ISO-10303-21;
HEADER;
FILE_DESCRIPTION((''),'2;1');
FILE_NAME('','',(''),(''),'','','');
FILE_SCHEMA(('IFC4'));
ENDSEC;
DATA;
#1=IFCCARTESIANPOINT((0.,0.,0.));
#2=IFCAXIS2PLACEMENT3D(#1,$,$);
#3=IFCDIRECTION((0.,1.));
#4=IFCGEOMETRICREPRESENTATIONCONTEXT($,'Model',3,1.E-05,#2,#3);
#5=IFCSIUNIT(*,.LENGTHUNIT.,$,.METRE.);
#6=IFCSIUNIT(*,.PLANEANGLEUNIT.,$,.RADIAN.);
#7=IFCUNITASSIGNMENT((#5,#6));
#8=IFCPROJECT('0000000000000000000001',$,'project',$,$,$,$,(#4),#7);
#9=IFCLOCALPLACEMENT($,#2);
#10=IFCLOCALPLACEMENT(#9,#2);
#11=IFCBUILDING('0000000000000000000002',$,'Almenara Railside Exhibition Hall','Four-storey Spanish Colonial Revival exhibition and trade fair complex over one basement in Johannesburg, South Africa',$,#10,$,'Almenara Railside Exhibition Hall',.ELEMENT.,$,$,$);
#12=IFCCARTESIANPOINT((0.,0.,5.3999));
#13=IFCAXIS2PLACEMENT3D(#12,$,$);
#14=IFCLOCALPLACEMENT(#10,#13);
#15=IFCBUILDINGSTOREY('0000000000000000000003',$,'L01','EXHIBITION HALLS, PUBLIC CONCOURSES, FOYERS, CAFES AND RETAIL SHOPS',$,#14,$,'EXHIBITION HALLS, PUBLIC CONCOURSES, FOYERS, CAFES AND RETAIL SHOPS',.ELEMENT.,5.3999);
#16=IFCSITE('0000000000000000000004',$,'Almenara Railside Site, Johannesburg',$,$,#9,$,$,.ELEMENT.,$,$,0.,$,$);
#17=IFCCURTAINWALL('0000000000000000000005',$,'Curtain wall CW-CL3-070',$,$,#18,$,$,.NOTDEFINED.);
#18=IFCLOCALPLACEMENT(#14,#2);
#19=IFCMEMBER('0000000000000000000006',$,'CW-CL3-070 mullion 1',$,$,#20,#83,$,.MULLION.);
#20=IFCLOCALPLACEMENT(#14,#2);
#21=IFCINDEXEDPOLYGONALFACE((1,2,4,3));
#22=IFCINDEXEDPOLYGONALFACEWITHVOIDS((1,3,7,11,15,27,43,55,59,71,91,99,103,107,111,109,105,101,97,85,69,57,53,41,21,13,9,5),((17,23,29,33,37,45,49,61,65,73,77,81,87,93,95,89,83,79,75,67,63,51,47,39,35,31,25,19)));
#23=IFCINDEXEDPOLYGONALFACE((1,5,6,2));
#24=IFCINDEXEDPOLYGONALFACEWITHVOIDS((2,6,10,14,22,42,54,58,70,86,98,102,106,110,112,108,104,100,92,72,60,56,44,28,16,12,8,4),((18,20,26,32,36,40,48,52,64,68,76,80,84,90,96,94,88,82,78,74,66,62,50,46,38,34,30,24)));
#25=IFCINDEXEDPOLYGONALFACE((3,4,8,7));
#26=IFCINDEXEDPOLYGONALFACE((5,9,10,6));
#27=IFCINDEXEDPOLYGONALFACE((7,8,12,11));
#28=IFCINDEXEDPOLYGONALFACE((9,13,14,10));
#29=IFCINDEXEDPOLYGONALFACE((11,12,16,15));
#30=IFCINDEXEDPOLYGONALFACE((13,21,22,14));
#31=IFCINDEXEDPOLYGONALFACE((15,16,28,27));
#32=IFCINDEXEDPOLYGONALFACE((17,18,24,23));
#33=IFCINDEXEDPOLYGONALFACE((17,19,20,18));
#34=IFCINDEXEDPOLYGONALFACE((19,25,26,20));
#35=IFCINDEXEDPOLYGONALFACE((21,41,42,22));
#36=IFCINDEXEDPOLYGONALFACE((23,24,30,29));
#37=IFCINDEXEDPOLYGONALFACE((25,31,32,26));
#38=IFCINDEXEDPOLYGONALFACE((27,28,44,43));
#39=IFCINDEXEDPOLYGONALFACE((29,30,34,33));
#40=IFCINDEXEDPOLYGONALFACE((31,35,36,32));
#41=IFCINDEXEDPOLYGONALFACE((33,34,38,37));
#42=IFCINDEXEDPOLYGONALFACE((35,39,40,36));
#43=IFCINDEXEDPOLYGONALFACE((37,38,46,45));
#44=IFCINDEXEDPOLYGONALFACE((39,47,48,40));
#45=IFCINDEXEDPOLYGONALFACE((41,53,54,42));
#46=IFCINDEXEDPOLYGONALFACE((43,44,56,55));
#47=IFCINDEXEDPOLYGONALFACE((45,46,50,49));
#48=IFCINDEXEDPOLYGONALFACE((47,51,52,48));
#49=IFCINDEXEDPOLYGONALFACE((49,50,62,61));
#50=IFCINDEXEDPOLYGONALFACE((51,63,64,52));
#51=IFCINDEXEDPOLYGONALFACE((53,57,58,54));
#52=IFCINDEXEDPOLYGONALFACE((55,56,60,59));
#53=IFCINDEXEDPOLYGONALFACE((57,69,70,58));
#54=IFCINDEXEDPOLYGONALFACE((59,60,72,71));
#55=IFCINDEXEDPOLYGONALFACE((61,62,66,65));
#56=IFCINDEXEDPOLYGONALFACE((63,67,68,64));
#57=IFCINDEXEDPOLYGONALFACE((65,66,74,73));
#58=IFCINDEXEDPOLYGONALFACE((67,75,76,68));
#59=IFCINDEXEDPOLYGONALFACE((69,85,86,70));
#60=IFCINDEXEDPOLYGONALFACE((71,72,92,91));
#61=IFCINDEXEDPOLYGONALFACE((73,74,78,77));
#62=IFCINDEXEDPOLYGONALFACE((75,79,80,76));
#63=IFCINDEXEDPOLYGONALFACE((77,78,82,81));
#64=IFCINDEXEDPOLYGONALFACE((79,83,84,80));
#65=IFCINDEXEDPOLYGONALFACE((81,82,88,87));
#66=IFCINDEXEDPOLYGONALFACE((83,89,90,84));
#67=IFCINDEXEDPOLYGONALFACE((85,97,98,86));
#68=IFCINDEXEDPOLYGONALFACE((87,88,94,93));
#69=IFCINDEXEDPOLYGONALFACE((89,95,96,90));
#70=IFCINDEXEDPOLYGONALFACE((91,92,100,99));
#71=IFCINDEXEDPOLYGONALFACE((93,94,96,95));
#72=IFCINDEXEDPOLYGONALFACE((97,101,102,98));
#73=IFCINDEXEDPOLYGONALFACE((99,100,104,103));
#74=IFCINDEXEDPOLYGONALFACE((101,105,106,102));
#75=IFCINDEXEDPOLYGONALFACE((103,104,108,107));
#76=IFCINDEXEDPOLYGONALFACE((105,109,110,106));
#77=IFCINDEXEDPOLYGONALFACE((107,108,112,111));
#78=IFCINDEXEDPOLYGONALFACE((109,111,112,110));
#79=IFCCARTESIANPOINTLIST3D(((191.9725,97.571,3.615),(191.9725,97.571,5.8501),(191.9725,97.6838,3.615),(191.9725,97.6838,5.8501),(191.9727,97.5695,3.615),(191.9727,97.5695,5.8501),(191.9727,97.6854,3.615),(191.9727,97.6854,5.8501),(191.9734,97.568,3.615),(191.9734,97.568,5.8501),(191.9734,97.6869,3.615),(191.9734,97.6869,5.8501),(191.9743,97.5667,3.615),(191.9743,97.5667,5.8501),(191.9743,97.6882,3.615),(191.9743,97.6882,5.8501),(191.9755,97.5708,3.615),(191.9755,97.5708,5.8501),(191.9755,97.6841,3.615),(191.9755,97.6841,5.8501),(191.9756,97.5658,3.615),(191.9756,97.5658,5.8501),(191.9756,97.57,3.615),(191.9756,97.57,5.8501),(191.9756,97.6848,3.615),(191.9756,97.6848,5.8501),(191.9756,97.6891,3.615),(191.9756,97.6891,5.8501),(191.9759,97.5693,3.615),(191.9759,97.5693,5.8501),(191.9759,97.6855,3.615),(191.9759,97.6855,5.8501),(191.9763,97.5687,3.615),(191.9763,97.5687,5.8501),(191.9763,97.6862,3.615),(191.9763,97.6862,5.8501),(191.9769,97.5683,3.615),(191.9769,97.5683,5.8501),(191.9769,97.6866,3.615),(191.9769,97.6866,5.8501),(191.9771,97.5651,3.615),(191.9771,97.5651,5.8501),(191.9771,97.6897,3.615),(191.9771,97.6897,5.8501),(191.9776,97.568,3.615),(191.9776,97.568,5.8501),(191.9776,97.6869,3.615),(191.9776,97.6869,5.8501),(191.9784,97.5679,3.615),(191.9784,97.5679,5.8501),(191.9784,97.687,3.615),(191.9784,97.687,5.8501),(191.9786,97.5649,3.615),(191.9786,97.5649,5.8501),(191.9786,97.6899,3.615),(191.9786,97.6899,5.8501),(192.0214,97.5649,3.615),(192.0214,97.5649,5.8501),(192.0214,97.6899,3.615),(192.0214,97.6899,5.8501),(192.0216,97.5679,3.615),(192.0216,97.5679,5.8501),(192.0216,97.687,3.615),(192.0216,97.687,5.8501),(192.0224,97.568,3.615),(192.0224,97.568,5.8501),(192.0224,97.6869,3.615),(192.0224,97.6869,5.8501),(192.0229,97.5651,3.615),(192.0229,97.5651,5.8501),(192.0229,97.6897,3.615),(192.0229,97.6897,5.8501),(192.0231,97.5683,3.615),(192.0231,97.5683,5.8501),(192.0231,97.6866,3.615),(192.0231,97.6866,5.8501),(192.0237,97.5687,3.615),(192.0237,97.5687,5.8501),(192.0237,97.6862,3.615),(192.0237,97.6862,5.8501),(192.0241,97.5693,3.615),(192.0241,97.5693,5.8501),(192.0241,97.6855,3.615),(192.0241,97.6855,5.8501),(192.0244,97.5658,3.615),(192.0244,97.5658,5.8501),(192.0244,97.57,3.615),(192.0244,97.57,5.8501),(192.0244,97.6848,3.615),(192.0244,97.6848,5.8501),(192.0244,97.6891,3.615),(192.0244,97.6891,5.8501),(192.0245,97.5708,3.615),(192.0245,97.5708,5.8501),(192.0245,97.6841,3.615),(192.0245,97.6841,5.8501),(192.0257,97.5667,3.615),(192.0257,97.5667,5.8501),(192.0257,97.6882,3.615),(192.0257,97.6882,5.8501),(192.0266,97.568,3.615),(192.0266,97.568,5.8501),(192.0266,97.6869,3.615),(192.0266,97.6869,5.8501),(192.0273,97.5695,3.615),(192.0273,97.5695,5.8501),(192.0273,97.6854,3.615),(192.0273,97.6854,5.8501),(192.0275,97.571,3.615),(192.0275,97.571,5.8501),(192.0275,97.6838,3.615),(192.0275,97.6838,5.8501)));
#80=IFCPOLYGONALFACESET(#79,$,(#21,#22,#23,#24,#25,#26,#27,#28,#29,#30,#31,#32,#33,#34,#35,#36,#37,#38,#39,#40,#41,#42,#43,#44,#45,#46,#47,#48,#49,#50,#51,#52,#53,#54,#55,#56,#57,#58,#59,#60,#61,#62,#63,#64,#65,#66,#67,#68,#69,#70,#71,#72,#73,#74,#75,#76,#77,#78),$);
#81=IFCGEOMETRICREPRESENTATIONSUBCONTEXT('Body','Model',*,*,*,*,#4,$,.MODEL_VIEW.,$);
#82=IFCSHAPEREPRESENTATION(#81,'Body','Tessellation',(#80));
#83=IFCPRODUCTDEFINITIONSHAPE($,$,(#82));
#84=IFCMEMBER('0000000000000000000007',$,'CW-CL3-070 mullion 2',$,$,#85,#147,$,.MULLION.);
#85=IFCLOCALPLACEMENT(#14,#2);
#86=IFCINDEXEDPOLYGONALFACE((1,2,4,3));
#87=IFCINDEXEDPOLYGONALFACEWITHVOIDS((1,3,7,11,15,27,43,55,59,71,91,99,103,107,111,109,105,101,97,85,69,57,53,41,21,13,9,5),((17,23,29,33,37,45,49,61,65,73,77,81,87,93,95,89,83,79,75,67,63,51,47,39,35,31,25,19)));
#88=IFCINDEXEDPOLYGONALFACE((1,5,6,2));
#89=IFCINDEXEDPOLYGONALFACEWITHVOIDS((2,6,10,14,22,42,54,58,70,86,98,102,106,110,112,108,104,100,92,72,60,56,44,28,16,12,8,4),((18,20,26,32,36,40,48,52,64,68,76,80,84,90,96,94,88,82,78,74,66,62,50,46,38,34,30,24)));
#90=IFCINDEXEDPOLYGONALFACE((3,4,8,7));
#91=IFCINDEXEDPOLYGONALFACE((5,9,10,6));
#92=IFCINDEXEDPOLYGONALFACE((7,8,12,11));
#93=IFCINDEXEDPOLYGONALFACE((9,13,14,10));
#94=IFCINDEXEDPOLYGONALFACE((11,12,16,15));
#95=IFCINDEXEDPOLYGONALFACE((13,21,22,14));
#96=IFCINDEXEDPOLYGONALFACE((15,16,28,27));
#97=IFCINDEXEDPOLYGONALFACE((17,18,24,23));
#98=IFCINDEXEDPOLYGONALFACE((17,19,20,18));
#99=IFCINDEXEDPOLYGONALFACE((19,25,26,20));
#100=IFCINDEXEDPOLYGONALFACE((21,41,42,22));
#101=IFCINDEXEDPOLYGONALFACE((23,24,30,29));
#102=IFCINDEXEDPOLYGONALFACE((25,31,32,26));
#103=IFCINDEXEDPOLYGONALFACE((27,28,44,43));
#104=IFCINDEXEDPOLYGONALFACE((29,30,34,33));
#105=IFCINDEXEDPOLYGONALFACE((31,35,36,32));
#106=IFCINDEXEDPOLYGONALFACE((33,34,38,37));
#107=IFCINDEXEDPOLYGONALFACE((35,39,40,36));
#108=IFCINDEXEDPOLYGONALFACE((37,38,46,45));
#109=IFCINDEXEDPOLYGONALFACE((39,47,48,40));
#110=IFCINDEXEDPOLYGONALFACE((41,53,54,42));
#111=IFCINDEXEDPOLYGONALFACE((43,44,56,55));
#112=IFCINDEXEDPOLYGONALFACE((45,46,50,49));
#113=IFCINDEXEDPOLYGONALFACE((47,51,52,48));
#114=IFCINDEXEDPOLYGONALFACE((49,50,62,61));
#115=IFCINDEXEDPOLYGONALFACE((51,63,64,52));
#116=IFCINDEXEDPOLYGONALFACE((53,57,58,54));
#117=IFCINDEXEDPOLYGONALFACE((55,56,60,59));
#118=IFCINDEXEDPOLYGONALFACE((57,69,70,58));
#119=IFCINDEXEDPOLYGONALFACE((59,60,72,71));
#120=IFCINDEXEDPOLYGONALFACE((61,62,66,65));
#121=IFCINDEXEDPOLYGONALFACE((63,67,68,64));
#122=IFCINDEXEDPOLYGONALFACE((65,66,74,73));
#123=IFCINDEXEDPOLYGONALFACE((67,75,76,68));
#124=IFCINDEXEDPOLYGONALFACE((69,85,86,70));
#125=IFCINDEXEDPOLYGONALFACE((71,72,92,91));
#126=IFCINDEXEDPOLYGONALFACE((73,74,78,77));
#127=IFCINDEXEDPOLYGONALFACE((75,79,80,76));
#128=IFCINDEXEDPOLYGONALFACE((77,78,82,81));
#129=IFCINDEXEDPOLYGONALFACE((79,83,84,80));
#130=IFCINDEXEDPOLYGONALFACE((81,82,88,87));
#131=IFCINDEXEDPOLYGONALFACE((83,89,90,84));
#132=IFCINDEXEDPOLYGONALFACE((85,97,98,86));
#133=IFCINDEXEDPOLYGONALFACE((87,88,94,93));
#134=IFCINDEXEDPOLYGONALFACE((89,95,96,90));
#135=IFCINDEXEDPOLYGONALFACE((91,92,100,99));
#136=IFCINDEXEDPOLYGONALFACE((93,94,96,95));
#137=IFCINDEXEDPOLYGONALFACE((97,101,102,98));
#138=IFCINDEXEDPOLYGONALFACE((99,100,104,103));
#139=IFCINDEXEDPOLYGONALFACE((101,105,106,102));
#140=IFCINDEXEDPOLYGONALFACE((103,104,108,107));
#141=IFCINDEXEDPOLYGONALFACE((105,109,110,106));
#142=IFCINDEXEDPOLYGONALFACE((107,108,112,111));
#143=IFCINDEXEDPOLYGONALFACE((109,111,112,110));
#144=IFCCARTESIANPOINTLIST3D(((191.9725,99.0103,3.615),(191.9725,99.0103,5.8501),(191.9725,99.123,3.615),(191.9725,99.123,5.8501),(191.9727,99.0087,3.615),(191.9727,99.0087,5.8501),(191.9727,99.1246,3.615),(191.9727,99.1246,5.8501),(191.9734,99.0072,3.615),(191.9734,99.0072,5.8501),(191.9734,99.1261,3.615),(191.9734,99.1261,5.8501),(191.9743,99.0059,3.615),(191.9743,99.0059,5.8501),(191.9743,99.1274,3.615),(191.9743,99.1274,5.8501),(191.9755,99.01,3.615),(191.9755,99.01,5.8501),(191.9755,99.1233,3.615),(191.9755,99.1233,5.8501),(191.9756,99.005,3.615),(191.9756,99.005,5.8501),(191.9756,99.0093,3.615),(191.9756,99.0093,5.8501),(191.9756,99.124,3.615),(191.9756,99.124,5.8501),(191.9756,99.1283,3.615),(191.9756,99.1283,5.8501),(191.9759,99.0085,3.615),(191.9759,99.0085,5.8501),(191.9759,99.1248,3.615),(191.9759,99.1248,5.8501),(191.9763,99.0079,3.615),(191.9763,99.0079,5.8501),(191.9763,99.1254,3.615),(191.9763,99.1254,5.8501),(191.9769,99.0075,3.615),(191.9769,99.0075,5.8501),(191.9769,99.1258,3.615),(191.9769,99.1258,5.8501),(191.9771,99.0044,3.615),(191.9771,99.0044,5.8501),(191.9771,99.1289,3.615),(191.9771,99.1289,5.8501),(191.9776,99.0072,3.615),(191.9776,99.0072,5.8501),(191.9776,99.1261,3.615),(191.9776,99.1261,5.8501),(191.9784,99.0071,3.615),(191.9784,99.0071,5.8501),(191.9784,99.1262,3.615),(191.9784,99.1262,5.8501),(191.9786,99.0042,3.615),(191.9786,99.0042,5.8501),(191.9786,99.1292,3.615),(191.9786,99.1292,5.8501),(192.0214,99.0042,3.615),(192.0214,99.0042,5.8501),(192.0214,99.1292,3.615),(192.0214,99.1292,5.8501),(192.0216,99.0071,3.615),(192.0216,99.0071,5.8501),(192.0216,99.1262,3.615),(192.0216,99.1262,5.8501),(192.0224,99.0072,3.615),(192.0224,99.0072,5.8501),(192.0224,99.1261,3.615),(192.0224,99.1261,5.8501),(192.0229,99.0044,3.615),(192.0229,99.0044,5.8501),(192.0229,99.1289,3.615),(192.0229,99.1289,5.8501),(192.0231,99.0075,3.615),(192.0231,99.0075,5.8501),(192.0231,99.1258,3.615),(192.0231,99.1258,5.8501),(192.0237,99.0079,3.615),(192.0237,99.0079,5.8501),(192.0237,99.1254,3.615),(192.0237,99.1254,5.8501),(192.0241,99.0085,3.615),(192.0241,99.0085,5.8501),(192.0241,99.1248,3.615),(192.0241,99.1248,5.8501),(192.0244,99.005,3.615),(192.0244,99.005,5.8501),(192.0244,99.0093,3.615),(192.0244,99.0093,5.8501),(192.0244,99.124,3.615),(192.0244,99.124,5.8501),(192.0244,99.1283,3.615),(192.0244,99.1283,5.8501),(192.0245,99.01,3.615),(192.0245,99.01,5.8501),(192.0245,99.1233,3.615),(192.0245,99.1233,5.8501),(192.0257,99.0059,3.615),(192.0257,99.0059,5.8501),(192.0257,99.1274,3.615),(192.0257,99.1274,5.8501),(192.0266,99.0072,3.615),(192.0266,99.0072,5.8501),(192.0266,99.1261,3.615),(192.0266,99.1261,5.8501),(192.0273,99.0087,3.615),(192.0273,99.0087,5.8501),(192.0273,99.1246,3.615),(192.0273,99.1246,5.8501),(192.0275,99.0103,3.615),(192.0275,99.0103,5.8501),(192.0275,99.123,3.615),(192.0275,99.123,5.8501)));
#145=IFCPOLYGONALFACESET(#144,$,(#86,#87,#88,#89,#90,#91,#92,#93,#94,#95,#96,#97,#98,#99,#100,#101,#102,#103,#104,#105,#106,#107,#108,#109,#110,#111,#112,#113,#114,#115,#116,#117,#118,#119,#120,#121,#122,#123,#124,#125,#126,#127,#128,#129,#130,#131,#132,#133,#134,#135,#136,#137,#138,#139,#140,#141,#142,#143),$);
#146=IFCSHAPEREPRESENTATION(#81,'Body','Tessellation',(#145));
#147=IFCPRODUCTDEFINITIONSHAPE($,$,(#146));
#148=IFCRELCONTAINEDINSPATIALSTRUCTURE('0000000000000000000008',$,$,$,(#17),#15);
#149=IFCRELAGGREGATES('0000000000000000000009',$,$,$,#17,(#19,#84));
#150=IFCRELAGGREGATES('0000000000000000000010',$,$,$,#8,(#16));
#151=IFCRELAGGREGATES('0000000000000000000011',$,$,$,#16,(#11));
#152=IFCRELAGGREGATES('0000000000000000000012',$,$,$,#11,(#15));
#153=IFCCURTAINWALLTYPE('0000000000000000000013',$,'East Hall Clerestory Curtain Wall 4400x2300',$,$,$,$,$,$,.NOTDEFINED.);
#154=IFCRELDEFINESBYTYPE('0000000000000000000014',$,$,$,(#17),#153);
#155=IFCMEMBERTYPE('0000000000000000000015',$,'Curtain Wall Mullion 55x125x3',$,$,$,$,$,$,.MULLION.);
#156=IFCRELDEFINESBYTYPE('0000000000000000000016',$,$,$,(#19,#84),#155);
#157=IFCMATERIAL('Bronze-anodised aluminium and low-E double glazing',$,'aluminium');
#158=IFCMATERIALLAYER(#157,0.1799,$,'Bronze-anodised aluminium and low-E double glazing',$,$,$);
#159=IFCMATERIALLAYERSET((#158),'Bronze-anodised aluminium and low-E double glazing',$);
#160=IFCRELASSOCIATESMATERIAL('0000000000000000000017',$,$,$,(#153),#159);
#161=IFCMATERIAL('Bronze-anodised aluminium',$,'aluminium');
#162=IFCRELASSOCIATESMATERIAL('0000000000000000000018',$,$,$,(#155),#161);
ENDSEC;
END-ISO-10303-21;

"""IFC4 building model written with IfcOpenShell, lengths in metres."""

from ifc_helpers import new_model, si_unit, direction, frame, origin, origin_2d, place, context, subcontext, project, spatial, hollow_rectangle, extrude, material, layer, layer_set, material_profile, profile_set, type_object, element, aggregate, save


model = new_model("IFC4")

# Units and contexts
model_context = context("Model", 3, precision=1e-05, world=origin(), true_north=direction((0.0, 1.0)))
body_context = subcontext(model_context, "Body", "Model", "MODEL_VIEW")
ifc_project = project(units=[si_unit("LENGTHUNIT", "METRE"), si_unit("PLANEANGLEUNIT", "RADIAN")], contexts=[model_context])

# Site, building, storey
site_placement = place(None, origin())
site = spatial("IfcSite", under=ifc_project, at=site_placement, Name="Almenara Railside Site, Johannesburg", CompositionType="ELEMENT", RefElevation=0.0)
building_placement = place(site_placement, origin())
building = spatial("IfcBuilding", under=site, at=building_placement, Name="Almenara Railside Exhibition Hall", Description="Four-storey Spanish Colonial Revival exhibition and trade fair complex over one basement in Johannesburg, South Africa", LongName="Almenara Railside Exhibition Hall", CompositionType="ELEMENT")
storey_placement = place(building_placement, frame((0.0, 0.0, 5.3999)))
storey = spatial("IfcBuildingStorey", under=building, at=storey_placement, Name="L01", Description="EXHIBITION HALLS, PUBLIC CONCOURSES, FOYERS, CAFES AND RETAIL SHOPS", LongName="EXHIBITION HALLS, PUBLIC CONCOURSES, FOYERS, CAFES AND RETAIL SHOPS", CompositionType="ELEMENT", Elevation=5.3999)

# Curtain wall, members
ifc_material_1 = material(Name="Bronze-anodised aluminium and low-E double glazing", Category="aluminium")
ifc_layer_1 = layer(ifc_material_1, 0.1799, Name="Bronze-anodised aluminium and low-E double glazing")
ifc_layer_set_1 = layer_set([ifc_layer_1], Name="Bronze-anodised aluminium and low-E double glazing")
curtain_wall_type = type_object("IfcCurtainWallType", Name="East Hall Clerestory Curtain Wall 4400x2300", PredefinedType="NOTDEFINED", material=ifc_layer_set_1)
curtain_wall_1_placement = place(storey_placement, origin())
curtain_wall_1 = element("IfcCurtainWall", 1, at=curtain_wall_1_placement, inside=storey, type_object=curtain_wall_type, Name="Curtain wall CW-CL3-070", PredefinedType="NOTDEFINED")
ifc_material_2 = material(Name="Bronze-anodised aluminium", Category="aluminium")
ifc_material_profile_1 = material_profile(ifc_material_2, hollow_rectangle(XDim=0.0549, YDim=0.125, WallThickness=0.0029, InnerFilletRadius=0.0029, OuterFilletRadius=0.0061, at=origin_2d()), Name="ALU-MUL 55x125x3")
ifc_profile_set_1 = profile_set([ifc_material_profile_1], Name="Bronze-anodised aluminium")
member_type_1 = type_object("IfcMemberType", Name="Curtain Wall Mullion 55x125x3", PredefinedType="MULLION", material=ifc_profile_set_1)
member_1_placement = place(storey_placement, frame((192.0, 97.6274, 3.615), z_axis=(0.0, 0.0, 1.0), x_axis=(-1.0, 0.0, 0.0)))
member_1 = element("IfcMember", 2, at=member_1_placement, type_object=member_type_1, Name="CW-CL3-070 mullion 1", PredefinedType="MULLION", context=body_context, shape_type="SweptSolid", body=[
    extrude(hollow_rectangle(XDim=0.0549, YDim=0.125, WallThickness=0.0029, InnerFilletRadius=0.0029, OuterFilletRadius=0.0061, at=origin_2d()), origin(), (0.0, 0.0, 1.0), 2.2351),
])
member_2_placement = place(storey_placement, frame((192.0, 99.0667, 3.615), z_axis=(0.0, 0.0, 1.0), x_axis=(-1.0, 0.0, 0.0)))
member_2 = element("IfcMember", 3, at=member_2_placement, type_object=member_type_1, Name="CW-CL3-070 mullion 2", PredefinedType="MULLION", context=body_context, shape_type="SweptSolid", body=[
    extrude(hollow_rectangle(XDim=0.0549, YDim=0.125, WallThickness=0.0029, InnerFilletRadius=0.0029, OuterFilletRadius=0.0061, at=origin_2d()), origin(), (0.0, 0.0, 1.0), 2.2351),
])

aggregate(curtain_wall_1, [member_1, member_2])

save(model, "model.ifc")
